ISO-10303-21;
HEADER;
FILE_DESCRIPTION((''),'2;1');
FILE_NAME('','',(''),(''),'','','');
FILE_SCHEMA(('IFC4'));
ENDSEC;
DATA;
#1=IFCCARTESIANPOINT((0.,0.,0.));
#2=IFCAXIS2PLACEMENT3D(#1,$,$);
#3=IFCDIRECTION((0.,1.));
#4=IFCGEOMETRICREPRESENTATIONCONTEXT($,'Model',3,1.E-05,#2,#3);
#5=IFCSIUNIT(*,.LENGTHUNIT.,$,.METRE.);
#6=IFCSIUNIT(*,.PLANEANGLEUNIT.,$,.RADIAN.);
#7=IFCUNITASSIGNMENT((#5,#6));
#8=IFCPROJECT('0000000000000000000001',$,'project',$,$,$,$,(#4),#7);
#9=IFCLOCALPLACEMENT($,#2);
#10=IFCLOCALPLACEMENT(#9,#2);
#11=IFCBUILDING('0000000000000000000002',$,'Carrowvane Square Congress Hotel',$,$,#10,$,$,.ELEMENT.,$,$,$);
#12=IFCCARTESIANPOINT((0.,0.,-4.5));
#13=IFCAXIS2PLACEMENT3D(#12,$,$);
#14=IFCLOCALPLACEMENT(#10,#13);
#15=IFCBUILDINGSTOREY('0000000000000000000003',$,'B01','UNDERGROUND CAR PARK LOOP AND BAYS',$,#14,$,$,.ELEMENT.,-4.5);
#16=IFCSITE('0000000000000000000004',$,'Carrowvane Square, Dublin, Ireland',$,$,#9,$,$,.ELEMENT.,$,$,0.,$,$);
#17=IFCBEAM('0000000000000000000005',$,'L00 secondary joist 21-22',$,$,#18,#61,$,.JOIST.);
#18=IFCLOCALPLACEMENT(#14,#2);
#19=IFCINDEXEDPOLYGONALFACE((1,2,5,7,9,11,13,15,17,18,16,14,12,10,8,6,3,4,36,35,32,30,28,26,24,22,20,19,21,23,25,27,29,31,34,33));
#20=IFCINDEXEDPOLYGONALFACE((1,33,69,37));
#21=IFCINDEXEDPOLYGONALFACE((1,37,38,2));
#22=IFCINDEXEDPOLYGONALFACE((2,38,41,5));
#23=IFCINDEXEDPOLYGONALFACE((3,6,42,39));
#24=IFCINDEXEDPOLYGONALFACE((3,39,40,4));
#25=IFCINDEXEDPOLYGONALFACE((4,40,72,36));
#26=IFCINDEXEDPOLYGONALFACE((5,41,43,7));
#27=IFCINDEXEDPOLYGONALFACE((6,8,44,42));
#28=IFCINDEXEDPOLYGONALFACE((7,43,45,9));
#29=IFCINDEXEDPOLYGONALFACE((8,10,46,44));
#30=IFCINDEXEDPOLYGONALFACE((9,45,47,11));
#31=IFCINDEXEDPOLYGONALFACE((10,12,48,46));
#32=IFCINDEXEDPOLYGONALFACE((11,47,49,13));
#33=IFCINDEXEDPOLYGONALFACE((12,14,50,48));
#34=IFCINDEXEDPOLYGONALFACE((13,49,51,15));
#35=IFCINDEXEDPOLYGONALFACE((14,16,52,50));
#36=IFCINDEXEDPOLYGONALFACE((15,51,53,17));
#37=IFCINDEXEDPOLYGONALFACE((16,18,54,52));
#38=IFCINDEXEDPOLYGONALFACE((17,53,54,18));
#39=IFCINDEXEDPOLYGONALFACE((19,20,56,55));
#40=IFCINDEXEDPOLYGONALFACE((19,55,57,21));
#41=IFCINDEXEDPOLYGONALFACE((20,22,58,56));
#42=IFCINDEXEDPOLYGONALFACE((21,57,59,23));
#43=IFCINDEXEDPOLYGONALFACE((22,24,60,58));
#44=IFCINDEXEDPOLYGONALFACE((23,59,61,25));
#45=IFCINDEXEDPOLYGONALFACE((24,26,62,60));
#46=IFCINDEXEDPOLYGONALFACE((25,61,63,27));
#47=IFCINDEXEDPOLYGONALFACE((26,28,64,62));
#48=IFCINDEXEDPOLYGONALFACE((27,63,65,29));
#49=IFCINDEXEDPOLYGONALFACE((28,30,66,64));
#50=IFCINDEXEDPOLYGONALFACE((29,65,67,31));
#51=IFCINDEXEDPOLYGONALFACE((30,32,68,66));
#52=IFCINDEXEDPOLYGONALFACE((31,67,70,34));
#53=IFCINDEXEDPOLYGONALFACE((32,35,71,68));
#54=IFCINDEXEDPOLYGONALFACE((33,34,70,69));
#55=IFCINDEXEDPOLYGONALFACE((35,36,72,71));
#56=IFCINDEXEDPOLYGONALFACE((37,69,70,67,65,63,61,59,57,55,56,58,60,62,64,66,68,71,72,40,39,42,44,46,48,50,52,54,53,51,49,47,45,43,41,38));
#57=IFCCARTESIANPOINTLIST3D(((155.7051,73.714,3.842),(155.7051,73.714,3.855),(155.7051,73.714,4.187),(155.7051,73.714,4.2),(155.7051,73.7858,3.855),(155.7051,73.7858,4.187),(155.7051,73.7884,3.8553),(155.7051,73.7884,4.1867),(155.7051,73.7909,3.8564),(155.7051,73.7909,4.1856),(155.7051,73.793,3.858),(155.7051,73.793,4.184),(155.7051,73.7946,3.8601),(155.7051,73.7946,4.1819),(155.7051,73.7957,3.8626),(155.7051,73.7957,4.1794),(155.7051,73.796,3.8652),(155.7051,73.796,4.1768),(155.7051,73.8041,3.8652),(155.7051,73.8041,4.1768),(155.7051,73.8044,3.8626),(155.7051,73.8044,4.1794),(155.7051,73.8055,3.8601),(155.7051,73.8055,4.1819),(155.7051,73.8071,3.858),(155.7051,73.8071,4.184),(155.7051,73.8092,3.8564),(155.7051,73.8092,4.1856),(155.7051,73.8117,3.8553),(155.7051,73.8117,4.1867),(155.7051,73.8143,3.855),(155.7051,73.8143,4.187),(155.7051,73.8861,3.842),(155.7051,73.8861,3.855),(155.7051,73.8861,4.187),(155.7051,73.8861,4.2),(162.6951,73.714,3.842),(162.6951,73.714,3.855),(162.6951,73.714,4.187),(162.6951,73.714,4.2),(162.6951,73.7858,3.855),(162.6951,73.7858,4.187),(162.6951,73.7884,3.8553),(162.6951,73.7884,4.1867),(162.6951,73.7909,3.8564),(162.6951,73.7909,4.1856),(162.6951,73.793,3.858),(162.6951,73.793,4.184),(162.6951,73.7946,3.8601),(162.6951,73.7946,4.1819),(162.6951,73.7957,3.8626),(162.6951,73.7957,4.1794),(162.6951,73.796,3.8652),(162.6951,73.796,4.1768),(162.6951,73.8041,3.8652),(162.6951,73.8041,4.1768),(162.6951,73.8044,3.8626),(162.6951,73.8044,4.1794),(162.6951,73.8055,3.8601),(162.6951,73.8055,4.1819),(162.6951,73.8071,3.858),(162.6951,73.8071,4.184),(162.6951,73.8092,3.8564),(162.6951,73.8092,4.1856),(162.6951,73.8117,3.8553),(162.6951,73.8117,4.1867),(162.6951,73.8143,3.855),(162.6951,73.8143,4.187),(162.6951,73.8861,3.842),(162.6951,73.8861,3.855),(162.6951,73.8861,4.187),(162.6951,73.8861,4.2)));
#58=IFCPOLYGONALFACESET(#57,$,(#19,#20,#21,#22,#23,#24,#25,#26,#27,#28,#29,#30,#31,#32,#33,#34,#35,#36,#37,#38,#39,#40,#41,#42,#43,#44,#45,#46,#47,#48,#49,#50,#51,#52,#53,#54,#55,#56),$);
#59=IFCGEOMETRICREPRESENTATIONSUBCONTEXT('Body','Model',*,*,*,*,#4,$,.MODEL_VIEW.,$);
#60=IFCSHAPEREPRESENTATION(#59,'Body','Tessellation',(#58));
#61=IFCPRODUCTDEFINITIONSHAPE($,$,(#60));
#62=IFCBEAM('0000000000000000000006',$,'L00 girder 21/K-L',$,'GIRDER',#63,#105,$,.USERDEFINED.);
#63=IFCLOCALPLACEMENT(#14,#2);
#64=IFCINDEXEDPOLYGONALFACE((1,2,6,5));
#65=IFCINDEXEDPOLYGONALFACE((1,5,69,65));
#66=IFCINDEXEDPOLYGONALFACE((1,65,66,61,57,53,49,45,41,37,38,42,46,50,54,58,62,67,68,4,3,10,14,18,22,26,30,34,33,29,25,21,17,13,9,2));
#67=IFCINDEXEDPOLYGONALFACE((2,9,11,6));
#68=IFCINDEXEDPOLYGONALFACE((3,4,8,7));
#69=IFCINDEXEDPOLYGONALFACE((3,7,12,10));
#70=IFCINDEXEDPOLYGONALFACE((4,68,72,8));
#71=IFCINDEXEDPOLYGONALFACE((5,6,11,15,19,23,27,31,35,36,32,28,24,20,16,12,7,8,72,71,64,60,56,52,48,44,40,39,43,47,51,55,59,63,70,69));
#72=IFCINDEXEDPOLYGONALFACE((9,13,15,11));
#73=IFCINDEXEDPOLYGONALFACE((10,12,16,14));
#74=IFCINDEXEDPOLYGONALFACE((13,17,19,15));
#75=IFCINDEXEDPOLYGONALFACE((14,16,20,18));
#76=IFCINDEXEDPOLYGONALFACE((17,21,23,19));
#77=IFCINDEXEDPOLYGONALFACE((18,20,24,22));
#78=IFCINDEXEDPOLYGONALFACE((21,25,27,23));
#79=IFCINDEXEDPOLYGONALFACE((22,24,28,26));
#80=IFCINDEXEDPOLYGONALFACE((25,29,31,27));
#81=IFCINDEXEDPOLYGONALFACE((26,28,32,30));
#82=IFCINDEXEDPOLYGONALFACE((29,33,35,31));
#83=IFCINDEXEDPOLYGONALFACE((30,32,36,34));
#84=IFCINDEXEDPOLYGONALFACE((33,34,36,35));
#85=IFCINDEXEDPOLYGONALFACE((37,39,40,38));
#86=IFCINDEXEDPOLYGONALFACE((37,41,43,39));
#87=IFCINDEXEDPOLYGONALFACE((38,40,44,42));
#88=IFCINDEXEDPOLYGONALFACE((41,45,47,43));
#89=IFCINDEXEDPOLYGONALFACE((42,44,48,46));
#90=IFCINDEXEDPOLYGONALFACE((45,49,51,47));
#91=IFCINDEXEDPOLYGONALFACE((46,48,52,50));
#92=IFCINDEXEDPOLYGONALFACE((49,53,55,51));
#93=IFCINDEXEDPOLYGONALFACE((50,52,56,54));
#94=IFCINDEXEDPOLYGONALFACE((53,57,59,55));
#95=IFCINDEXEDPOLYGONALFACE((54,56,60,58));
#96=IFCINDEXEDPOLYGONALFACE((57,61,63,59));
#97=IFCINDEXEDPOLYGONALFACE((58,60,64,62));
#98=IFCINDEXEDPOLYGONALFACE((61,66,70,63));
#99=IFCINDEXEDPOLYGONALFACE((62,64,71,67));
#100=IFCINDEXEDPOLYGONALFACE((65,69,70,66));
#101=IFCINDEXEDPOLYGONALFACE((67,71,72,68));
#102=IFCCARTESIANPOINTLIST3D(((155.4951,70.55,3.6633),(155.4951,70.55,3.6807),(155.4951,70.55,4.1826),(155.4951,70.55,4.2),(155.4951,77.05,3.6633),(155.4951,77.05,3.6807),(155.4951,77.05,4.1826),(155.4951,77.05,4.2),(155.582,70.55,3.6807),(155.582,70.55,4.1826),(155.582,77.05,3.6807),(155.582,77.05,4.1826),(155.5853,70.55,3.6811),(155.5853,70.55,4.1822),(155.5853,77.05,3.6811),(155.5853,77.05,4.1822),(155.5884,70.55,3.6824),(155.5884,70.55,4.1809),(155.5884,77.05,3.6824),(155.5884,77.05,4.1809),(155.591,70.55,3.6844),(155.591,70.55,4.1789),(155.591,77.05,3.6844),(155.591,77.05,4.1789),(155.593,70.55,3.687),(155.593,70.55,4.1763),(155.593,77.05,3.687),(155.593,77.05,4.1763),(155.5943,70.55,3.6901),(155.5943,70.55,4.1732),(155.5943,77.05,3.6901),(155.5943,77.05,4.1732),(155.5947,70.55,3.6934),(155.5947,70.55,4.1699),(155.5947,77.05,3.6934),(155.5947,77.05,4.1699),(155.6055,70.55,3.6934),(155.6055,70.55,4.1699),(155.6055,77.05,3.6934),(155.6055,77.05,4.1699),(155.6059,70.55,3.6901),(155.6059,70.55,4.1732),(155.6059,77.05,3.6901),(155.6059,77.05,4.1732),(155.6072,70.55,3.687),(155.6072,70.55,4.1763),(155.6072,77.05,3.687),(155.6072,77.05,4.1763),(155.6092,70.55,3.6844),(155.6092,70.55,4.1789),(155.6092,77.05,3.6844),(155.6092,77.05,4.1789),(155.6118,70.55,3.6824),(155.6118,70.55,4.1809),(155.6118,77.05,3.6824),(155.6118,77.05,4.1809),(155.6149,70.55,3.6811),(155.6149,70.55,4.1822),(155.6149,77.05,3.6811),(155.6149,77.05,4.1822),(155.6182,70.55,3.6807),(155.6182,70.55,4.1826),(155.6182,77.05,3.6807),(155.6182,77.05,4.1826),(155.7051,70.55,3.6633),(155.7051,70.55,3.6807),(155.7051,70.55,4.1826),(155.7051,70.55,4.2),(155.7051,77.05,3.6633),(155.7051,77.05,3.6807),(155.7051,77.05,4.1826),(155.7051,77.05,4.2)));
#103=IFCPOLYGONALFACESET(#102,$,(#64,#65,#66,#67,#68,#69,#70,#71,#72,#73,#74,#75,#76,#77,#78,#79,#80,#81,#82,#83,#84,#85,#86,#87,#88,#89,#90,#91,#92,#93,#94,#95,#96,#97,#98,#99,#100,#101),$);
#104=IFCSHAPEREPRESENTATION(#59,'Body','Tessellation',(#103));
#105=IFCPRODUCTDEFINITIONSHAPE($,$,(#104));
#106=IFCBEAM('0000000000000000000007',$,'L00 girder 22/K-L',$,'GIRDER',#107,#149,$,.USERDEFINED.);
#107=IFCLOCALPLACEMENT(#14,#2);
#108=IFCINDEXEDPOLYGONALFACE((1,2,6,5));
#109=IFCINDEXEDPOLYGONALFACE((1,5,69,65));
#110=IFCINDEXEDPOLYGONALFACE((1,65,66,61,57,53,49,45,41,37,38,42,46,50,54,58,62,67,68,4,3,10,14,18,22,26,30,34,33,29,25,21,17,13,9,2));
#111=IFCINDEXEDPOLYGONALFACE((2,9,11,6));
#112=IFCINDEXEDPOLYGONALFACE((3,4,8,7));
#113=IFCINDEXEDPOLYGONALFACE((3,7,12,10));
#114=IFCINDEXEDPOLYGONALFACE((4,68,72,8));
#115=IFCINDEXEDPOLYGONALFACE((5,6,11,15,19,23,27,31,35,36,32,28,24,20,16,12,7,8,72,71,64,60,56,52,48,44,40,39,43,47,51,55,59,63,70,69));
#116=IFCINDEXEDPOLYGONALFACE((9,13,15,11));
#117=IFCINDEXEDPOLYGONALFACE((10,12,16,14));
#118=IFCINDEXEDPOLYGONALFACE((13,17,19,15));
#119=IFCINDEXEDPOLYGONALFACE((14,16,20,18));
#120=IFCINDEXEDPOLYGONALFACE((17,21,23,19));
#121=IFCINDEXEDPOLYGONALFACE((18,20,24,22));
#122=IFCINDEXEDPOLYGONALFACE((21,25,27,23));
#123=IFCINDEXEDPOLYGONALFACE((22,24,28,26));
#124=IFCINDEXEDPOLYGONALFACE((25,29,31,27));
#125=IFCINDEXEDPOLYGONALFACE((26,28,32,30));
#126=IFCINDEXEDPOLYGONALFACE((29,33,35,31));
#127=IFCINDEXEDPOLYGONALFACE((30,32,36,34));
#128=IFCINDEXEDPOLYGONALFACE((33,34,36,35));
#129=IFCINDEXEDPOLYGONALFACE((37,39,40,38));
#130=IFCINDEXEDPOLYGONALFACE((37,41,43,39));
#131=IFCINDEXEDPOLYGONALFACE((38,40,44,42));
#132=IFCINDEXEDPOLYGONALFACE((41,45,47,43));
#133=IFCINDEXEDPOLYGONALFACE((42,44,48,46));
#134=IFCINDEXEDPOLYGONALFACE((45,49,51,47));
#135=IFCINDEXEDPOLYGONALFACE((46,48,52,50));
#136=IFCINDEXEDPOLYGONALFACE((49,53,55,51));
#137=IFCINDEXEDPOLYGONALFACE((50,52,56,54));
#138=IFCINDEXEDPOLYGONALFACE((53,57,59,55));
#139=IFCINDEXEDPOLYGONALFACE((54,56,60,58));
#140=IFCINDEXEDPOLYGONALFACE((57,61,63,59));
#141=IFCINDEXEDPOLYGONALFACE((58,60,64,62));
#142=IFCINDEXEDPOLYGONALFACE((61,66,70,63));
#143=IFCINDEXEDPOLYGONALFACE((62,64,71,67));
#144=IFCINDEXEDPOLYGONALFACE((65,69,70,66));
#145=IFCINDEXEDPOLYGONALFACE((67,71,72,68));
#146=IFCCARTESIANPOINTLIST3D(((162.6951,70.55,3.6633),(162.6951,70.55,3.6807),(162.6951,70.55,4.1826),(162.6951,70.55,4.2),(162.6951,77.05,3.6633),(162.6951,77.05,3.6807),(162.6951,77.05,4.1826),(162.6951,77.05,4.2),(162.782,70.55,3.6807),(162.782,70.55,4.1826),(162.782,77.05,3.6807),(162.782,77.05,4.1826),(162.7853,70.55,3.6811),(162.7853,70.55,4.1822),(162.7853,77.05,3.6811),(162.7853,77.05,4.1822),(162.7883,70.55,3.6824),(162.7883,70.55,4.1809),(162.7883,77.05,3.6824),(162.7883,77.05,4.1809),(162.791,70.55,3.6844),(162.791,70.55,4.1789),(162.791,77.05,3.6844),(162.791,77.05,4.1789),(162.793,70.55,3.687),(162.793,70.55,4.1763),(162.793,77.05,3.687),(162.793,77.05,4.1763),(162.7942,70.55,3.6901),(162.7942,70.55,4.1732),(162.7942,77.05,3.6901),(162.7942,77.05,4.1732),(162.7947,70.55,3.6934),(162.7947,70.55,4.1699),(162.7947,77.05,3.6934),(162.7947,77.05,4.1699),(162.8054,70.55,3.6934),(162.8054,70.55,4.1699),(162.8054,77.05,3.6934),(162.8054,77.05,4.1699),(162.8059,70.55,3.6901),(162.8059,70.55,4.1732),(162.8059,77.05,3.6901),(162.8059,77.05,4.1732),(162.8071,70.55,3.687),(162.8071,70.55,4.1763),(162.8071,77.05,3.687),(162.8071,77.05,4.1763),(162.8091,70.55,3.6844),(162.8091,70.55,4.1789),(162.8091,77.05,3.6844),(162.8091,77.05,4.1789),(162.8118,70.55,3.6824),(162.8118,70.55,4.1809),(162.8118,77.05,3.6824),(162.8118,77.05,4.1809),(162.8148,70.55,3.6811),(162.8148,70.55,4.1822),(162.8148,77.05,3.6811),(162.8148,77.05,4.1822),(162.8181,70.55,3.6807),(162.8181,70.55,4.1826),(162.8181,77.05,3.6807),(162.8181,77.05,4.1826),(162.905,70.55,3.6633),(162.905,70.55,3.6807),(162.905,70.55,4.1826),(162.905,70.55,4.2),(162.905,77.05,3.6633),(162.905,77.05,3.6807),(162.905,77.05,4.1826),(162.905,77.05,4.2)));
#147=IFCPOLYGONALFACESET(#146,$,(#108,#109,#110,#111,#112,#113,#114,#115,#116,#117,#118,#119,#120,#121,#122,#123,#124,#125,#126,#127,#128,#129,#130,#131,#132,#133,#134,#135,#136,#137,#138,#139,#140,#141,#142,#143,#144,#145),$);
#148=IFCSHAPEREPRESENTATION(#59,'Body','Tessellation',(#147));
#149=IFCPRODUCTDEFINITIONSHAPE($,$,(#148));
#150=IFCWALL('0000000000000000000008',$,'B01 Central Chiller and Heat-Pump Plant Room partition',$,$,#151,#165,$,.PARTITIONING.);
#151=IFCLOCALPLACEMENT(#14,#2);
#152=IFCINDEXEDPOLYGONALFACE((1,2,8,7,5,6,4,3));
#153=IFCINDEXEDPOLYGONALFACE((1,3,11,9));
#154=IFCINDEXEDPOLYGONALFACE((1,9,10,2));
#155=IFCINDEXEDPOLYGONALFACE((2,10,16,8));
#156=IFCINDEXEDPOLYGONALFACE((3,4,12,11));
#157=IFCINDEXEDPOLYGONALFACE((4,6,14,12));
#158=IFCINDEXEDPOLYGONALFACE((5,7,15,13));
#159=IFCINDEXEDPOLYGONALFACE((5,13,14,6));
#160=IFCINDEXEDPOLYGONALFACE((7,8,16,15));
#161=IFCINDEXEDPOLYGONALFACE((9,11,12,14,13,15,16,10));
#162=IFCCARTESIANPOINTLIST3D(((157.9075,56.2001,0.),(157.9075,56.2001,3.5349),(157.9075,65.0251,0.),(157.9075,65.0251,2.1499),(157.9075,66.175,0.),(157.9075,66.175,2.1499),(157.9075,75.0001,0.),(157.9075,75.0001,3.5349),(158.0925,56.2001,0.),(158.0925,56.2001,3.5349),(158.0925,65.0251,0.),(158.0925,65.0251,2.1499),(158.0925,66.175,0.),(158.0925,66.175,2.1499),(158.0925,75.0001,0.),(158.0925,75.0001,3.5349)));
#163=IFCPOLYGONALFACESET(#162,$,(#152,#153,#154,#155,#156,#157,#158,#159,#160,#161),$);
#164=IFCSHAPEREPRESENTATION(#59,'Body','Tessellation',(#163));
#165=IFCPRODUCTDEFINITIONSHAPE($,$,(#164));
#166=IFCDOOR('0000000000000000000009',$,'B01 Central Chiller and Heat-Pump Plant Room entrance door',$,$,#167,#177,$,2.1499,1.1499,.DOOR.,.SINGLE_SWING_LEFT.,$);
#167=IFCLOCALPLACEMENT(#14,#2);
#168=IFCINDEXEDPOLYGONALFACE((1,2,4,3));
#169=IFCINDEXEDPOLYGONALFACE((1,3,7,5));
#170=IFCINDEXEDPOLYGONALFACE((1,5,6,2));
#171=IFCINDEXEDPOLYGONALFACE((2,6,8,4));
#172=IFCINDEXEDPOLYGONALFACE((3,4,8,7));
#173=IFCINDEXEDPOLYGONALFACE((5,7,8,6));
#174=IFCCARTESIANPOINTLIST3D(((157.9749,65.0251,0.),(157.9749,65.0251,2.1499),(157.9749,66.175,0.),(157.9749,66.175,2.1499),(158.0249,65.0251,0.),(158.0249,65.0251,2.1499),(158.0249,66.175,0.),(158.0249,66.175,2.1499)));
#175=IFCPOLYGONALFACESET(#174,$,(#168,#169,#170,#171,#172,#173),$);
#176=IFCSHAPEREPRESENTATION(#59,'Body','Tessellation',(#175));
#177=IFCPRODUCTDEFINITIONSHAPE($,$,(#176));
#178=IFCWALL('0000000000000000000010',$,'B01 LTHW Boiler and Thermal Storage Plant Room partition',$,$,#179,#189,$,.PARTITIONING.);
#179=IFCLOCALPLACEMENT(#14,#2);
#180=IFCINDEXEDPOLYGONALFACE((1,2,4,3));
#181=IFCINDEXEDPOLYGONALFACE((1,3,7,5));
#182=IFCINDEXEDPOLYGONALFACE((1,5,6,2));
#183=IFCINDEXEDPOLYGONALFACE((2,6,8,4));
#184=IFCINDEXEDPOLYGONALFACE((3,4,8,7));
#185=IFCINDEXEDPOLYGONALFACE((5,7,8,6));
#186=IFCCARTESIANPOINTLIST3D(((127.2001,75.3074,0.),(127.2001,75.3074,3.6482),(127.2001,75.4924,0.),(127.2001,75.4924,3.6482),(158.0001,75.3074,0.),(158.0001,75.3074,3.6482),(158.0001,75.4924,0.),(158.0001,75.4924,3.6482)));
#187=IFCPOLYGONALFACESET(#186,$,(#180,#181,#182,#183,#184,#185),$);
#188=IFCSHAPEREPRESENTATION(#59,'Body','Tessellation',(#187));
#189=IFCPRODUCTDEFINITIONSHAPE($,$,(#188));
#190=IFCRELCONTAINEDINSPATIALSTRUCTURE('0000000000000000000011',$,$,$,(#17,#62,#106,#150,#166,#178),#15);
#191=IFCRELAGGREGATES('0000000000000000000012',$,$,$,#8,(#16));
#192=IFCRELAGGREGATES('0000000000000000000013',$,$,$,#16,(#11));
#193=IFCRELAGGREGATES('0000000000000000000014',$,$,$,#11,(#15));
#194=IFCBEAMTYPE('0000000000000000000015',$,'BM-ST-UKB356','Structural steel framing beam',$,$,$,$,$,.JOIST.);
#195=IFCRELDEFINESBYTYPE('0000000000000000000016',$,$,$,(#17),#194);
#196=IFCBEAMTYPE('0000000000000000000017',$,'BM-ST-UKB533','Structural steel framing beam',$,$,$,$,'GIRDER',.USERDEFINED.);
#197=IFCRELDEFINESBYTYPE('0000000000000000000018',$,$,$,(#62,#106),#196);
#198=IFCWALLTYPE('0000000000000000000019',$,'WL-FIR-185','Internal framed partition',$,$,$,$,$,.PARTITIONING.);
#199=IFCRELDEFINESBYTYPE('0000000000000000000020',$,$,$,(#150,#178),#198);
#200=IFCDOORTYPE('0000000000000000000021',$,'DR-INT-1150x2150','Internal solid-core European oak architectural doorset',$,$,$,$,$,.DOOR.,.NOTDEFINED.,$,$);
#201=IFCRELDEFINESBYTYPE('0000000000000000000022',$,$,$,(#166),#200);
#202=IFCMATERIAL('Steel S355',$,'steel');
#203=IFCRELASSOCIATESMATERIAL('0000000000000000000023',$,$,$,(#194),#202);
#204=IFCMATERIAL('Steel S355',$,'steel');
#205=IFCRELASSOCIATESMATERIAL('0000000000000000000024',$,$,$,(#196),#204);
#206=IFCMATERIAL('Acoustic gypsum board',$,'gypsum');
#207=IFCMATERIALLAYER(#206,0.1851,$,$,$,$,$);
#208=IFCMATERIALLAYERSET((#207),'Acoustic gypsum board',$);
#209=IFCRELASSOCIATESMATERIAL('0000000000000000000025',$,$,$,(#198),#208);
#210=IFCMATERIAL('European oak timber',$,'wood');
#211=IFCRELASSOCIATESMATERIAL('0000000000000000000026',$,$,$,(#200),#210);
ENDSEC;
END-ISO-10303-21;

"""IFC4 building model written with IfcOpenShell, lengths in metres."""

from ifc_helpers import new_model, si_unit, direction, frame, frame_2d, origin, origin_2d, place, context, subcontext, project, spatial, rectangle, i_section, extrude, material, layer, layer_set, material_profile, profile_set, type_object, element, fill, save


model = new_model("IFC4")

# Units and contexts
model_context = context("Model", 3, precision=1e-05, world=origin(), true_north=direction((0.0, 1.0)))
body_context = subcontext(model_context, "Body", "Model", "MODEL_VIEW")
ifc_project = project(units=[si_unit("LENGTHUNIT", "METRE"), si_unit("PLANEANGLEUNIT", "RADIAN")], contexts=[model_context])

# Site, building, storey
site_placement = place(None, origin())
site = spatial("IfcSite", under=ifc_project, at=site_placement, Name="Carrowvane Square, Dublin, Ireland", CompositionType="ELEMENT", RefElevation=0.0)
building_placement = place(site_placement, origin())
building = spatial("IfcBuilding", under=site, at=building_placement, Name="Carrowvane Square Congress Hotel", CompositionType="ELEMENT")
storey_placement = place(building_placement, frame((0.0, 0.0, -4.5)))
storey = spatial("IfcBuildingStorey", under=building, at=storey_placement, Name="B01", Description="UNDERGROUND CAR PARK LOOP AND BAYS", CompositionType="ELEMENT", Elevation=-4.5)

# Beams
ifc_material_1 = material(Name="Steel S355", Category="steel")
ifc_material_profile_1 = material_profile(ifc_material_1, i_section(OverallWidth=0.1721, OverallDepth=0.3579, WebThickness=0.0081, FlangeThickness=0.0129, FilletRadius=0.0103, at=origin_2d()), Name="UKB 356x171x57")
ifc_profile_set_1 = profile_set([ifc_material_profile_1], Name="Steel S355")
beam_type_1 = type_object("IfcBeamType", Name="BM-ST-UKB356", Description="Structural steel framing beam", PredefinedType="JOIST", material=ifc_profile_set_1)
for number, where, z_axis, x_axis, name in (
    (1, (155.7051, 73.8, 4.021), (1.0, 0.0, 0.0), (0.0, 1.0, 0.0), "L00 secondary joist 21-22"),
):
    element("IfcBeam", number, at=place(storey_placement, frame(where, z_axis=z_axis, x_axis=x_axis)), inside=storey, type_object=beam_type_1, Name=name, PredefinedType="JOIST", context=body_context, shape_type="SweptSolid", body=[
        extrude(i_section(OverallWidth=0.1721, OverallDepth=0.3579, WebThickness=0.0081, FlangeThickness=0.0129, FilletRadius=0.0103, at=origin_2d()), origin(), (0.0, 0.0, 1.0), 6.99),
    ])
ifc_material_2 = material(Name="Steel S355", Category="steel")
ifc_material_profile_2 = material_profile(ifc_material_2, i_section(OverallWidth=0.21, OverallDepth=0.5366, WebThickness=0.0107, FlangeThickness=0.0173, FilletRadius=0.0127, at=origin_2d()), Name="UKB 533x210x101")
ifc_profile_set_2 = profile_set([ifc_material_profile_2], Name="Steel S355")
beam_type_2 = type_object("IfcBeamType", Name="BM-ST-UKB533", Description="Structural steel framing beam", ElementType="GIRDER", PredefinedType="USERDEFINED", material=ifc_profile_set_2)
for number, where, z_axis, x_axis, name in (
    (2, (155.6001, 70.55, 3.9316), (0.0, 1.0, 0.0), (-1.0, 0.0, 0.0), "L00 girder 21/K-L"),
    (3, (162.8, 70.55, 3.9316), (0.0, 1.0, 0.0), (-1.0, 0.0, 0.0), "L00 girder 22/K-L"),
):
    element("IfcBeam", number, at=place(storey_placement, frame(where, z_axis=z_axis, x_axis=x_axis)), inside=storey, type_object=beam_type_2, Name=name, ObjectType="GIRDER", PredefinedType="USERDEFINED", context=body_context, shape_type="SweptSolid", body=[
        extrude(i_section(OverallWidth=0.21, OverallDepth=0.5366, WebThickness=0.0107, FlangeThickness=0.0173, FilletRadius=0.0127, at=origin_2d()), origin(), (0.0, 0.0, 1.0), 6.5),
    ])

# Wall, opening, door
ifc_material_3 = material(Name="Acoustic gypsum board", Category="gypsum")
ifc_layer = layer(ifc_material_3, 0.1851)
ifc_layer_set = layer_set([ifc_layer], Name="Acoustic gypsum board")
wall_type = type_object("IfcWallType", Name="WL-FIR-185", Description="Internal framed partition", PredefinedType="PARTITIONING", material=ifc_layer_set)
wall_1_placement = place(storey_placement, frame((158.0, 75.0, 0.0), z_axis=(0.0, 0.0, 1.0), x_axis=(0.0, -1.0, 0.0)))
wall_1 = element("IfcWall", 4, at=wall_1_placement, inside=storey, type_object=wall_type, Name="B01 Central Chiller and Heat-Pump Plant Room partition", PredefinedType="PARTITIONING", context=body_context, shape_type="SweptSolid", body=[
    extrude(rectangle(XDim=18.8, YDim=0.1851, at=frame_2d((9.3999, 0.0))), origin(), (0.0, 0.0, 1.0), 3.5349),
])
opening_placement = place(wall_1_placement, frame((8.825, 0.0, 0.0)))
opening = element("IfcOpeningElement", 5, at=opening_placement, cuts=wall_1, PredefinedType="OPENING", context=body_context, shape_type="SweptSolid", body=[
    extrude(rectangle(XDim=1.1499, YDim=2.1499, at=frame_2d((0.575, 1.075))), frame((0.0, 0.1025, 0.0), z_axis=(0.0, -1.0, 0.0), x_axis=(1.0, 0.0, 0.0)), (0.0, 0.0, 1.0), 0.2051),
])
ifc_material_4 = material(Name="European oak timber", Category="wood")
door_type = type_object("IfcDoorType", Name="DR-INT-1150x2150", Description="Internal solid-core European oak architectural doorset", OperationType="NOTDEFINED", PredefinedType="DOOR", material=ifc_material_4)
door_placement = place(opening_placement, origin())
door = element("IfcDoor", 6, at=door_placement, inside=storey, type_object=door_type, Name="B01 Central Chiller and Heat-Pump Plant Room entrance door", OperationType="SINGLE_SWING_LEFT", OverallHeight=2.1499, OverallWidth=1.1499, PredefinedType="DOOR", context=body_context, shape_type="SweptSolid", body=[
    extrude(rectangle(XDim=1.1499, YDim=2.1499, at=frame_2d((0.575, 1.075))), frame((0.0, 0.0249, 0.0), z_axis=(0.0, -1.0, 0.0), x_axis=(1.0, 0.0, 0.0)), (0.0, 0.0, 1.0), 0.05),
])
fill(opening, door)

# Wall
wall_2_placement = place(storey_placement, frame((158.0, 75.3999, 0.0), z_axis=(0.0, 0.0, 1.0), x_axis=(-1.0, 0.0, 0.0)))
element("IfcWall", 7, at=wall_2_placement, inside=storey, type_object=wall_type, Name="B01 LTHW Boiler and Thermal Storage Plant Room partition", PredefinedType="PARTITIONING", context=body_context, shape_type="SweptSolid", body=[
    extrude(rectangle(XDim=30.8, YDim=0.1851, at=frame_2d((15.3999, 0.0))), origin(), (0.0, 0.0, 1.0), 3.6482),
])

save(model, "model.ifc")
